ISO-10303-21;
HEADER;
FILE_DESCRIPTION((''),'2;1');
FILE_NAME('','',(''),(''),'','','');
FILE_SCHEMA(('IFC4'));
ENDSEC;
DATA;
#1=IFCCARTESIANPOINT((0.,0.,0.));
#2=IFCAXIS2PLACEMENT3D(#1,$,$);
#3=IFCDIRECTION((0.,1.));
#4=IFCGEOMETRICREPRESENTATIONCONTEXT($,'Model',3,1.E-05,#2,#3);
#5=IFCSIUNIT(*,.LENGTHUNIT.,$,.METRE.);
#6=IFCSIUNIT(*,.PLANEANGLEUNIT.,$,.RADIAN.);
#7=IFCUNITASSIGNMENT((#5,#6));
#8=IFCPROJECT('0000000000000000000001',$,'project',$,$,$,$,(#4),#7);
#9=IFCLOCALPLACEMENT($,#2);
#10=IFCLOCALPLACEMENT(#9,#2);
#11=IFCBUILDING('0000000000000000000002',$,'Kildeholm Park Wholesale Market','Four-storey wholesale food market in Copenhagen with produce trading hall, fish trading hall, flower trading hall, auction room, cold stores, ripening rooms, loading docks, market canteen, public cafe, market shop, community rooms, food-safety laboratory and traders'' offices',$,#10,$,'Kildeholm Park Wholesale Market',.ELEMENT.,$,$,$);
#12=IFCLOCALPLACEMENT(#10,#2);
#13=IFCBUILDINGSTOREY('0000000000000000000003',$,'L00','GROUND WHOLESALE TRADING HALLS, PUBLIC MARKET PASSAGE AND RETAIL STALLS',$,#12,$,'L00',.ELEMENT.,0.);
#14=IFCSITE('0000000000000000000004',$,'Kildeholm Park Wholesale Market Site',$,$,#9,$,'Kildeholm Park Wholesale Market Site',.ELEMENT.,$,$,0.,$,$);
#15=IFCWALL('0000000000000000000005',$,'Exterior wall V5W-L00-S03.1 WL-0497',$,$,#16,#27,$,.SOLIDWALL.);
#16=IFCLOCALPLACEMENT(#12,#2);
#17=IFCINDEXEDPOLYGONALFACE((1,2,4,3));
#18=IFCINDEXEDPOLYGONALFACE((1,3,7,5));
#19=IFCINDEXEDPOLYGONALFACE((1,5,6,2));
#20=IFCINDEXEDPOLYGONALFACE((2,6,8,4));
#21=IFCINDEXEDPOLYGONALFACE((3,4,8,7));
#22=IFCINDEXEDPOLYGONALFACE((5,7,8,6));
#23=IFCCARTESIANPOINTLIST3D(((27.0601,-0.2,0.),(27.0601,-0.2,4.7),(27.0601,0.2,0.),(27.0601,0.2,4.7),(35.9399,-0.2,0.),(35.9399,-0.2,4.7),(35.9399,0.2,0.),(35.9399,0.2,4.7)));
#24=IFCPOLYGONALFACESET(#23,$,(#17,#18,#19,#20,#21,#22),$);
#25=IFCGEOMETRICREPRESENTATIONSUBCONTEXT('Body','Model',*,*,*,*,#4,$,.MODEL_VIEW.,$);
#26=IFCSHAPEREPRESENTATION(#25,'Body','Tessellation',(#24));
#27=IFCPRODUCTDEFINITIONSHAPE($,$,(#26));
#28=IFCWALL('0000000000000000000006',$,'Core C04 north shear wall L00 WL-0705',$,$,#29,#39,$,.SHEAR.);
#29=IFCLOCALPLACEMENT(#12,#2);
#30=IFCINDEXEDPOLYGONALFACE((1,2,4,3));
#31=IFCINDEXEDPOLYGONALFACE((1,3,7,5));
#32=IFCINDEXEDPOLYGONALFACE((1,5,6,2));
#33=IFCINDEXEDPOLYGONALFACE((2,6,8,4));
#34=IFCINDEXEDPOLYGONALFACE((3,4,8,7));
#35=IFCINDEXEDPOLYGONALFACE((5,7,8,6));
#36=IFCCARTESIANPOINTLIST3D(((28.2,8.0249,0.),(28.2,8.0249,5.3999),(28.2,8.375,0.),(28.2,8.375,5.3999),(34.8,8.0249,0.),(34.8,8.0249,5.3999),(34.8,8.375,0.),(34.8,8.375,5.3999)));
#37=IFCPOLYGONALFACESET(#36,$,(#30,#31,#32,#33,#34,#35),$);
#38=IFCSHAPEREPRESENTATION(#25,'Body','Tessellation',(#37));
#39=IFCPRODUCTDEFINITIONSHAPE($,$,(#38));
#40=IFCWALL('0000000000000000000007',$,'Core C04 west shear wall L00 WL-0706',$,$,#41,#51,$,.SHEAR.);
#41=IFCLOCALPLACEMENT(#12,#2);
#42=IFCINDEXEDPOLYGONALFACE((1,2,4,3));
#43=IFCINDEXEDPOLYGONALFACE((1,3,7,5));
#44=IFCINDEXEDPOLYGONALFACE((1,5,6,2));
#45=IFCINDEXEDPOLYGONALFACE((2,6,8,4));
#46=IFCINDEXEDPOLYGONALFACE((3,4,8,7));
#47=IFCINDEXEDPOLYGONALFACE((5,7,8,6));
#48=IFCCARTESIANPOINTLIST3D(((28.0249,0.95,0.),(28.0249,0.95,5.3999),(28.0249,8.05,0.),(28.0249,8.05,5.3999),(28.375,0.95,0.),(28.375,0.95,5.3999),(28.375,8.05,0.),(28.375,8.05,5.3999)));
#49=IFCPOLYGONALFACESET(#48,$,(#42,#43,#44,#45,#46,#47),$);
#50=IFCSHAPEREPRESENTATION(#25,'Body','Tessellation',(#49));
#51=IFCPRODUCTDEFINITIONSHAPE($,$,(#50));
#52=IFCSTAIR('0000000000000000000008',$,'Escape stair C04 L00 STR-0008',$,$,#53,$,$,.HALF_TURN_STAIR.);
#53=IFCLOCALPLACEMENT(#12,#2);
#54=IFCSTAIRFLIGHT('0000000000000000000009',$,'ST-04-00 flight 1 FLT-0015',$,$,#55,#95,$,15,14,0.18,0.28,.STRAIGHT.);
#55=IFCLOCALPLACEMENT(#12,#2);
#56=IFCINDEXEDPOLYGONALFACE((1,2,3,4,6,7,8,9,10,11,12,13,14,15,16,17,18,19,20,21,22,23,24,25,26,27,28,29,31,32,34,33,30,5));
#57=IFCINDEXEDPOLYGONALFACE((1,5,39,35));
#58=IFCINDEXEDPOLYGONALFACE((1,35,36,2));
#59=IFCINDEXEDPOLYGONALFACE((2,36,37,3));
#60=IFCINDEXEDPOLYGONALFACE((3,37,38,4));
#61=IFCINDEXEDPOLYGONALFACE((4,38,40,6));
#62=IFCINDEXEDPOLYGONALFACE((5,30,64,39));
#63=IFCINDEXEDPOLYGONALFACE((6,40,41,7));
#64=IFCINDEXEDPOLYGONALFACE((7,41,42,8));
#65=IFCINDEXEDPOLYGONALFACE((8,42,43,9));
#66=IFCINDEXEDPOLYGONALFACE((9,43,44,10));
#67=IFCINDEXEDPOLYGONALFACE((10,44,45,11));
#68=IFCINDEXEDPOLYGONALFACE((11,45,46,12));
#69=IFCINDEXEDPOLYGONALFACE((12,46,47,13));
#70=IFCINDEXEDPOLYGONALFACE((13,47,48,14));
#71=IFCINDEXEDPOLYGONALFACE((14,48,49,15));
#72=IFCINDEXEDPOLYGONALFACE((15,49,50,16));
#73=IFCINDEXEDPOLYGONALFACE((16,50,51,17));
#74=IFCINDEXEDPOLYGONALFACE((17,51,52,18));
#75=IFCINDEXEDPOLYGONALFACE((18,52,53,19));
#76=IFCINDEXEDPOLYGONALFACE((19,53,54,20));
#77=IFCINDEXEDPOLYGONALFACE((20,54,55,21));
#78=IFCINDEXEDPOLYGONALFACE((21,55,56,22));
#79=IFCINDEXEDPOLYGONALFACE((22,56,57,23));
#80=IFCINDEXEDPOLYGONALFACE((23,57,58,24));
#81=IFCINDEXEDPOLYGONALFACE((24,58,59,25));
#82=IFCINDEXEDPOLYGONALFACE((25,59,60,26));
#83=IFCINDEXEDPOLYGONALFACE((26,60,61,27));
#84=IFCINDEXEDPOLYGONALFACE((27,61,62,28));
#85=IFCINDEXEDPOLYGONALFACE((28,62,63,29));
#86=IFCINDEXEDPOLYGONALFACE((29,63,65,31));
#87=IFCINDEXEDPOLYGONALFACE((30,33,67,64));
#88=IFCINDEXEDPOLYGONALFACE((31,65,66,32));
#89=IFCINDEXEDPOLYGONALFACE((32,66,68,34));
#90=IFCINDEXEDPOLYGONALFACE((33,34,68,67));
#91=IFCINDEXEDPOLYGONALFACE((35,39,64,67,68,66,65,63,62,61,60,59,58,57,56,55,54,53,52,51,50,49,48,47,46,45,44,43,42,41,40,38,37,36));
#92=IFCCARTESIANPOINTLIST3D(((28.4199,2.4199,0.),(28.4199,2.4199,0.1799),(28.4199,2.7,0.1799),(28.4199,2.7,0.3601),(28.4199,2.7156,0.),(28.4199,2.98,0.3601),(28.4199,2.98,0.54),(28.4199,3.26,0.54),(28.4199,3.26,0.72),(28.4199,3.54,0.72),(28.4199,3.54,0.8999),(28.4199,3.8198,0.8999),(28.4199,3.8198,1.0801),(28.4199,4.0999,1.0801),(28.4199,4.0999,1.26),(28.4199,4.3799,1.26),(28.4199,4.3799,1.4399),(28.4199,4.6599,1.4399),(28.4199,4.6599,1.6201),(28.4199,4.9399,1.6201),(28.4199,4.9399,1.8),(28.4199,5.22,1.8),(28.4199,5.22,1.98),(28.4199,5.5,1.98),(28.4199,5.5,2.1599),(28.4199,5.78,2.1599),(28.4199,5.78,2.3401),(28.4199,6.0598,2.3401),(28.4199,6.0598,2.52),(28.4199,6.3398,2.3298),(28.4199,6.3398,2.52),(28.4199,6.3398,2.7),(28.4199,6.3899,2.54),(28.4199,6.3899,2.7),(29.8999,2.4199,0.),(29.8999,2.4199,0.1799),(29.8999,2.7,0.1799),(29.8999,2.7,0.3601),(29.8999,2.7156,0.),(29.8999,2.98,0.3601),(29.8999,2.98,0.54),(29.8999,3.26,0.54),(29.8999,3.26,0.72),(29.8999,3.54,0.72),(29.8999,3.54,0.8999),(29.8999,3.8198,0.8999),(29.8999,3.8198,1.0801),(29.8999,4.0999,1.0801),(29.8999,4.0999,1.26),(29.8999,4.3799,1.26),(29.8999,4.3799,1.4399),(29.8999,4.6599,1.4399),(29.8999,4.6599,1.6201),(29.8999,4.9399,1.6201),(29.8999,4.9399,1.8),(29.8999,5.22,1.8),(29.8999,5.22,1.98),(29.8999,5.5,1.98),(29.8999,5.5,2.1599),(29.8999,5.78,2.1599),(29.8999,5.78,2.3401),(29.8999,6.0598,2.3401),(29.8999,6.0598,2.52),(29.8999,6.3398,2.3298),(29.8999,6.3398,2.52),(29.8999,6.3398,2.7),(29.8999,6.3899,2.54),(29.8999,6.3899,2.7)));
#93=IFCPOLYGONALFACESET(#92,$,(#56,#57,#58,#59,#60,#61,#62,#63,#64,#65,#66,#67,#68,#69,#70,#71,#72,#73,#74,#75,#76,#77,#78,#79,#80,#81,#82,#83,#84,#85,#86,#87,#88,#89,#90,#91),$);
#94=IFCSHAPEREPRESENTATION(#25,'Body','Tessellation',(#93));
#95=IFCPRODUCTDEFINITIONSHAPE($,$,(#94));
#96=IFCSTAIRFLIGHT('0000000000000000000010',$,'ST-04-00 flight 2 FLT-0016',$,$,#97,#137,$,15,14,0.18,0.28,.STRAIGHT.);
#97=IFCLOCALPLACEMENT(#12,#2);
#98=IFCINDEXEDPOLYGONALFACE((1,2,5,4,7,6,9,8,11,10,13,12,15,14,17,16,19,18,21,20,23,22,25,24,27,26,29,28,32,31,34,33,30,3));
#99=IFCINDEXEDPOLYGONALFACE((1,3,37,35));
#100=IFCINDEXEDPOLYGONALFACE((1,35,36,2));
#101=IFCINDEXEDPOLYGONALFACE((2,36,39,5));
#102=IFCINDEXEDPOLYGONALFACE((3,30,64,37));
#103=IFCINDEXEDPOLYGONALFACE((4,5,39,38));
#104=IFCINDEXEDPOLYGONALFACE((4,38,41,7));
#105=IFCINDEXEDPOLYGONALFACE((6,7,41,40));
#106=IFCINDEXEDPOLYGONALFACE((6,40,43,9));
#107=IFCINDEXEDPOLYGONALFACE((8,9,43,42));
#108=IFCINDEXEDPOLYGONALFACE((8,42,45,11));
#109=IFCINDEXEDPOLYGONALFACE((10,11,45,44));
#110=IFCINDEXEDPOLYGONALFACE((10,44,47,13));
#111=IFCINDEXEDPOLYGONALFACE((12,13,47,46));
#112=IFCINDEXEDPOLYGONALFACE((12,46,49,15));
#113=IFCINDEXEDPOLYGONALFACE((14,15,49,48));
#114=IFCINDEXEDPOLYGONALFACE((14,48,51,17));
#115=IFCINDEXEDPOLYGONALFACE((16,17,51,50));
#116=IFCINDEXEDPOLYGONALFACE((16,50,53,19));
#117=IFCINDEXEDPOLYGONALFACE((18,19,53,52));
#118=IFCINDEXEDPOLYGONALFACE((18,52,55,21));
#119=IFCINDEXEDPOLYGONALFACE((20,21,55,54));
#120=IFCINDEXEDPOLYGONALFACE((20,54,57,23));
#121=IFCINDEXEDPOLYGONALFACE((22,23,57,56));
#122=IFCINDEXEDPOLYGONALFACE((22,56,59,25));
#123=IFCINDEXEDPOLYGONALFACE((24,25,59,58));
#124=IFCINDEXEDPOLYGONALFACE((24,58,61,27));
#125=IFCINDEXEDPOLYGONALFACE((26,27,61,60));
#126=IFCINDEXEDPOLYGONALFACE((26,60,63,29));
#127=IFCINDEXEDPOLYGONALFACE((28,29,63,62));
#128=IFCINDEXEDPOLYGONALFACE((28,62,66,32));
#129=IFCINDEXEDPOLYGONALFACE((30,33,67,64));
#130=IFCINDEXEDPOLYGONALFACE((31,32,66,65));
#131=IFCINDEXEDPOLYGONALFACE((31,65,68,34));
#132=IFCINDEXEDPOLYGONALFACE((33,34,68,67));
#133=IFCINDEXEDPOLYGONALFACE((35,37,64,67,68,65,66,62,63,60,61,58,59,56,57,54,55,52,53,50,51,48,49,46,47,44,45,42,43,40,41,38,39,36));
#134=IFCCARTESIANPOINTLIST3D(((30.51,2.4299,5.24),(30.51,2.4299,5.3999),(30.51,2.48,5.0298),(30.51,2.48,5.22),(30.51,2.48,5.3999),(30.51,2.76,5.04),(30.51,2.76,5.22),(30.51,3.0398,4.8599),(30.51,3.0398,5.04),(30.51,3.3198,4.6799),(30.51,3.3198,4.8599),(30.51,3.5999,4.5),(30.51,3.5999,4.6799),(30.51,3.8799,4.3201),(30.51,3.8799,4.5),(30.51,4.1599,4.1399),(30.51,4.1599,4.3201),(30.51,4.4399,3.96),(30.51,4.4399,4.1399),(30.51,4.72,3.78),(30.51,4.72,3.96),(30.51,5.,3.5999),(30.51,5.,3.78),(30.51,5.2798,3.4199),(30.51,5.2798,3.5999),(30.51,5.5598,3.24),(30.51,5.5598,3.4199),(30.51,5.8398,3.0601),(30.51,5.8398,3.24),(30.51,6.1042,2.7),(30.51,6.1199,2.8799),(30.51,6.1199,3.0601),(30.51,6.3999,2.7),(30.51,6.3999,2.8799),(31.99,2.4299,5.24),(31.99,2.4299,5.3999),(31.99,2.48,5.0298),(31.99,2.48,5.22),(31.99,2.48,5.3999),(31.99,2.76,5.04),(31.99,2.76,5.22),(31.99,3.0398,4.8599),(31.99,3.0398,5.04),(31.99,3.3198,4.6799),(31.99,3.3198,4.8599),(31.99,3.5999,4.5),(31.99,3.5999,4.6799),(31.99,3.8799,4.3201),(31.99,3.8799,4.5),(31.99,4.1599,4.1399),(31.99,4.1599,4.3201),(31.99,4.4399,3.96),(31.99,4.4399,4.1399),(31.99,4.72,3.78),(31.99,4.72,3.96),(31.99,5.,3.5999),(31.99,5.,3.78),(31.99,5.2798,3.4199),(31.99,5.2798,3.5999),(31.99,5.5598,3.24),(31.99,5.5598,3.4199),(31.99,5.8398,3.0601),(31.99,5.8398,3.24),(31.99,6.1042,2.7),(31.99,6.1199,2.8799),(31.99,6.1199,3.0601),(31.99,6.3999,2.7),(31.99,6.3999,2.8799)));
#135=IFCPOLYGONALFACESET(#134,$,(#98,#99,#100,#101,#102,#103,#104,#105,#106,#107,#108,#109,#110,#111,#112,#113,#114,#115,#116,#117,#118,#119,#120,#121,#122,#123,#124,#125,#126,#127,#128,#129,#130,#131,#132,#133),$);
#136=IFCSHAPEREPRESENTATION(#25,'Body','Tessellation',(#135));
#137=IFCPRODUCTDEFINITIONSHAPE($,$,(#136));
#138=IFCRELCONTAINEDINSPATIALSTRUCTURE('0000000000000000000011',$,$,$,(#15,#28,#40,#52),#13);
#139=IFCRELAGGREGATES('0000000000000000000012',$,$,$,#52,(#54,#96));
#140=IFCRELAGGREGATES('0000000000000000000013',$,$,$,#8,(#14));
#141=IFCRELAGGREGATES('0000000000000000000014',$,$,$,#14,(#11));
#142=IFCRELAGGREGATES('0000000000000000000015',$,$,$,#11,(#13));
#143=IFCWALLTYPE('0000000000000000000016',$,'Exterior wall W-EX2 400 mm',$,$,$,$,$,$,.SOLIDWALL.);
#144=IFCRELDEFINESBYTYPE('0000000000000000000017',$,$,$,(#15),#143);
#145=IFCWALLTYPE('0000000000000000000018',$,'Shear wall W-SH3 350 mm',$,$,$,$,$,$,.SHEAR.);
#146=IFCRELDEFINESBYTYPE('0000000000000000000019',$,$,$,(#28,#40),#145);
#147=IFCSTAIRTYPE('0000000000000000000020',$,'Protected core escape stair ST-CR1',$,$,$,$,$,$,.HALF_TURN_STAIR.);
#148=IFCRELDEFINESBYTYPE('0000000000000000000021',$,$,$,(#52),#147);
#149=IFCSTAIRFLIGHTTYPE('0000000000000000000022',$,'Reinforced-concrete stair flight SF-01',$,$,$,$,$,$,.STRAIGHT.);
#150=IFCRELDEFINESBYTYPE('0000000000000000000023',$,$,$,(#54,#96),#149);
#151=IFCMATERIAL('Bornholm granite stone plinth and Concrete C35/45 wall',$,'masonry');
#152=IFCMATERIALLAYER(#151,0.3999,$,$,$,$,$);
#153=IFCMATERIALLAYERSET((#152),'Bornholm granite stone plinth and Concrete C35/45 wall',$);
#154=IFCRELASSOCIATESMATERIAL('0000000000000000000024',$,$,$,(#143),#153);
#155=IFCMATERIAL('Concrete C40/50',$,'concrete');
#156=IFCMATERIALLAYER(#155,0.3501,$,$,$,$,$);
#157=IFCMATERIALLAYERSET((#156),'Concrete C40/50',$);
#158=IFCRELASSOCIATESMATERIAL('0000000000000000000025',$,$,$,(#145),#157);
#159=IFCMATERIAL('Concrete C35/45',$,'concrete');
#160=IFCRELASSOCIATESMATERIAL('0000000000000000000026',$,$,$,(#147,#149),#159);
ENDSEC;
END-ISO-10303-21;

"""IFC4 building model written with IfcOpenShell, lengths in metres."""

from ifc_helpers import new_model, si_unit, direction, frame, frame_2d, origin, place, context, subcontext, project, spatial, polyline, rectangle, outline, extrude, material, layer, layer_set, type_object, element, aggregate, save


model = new_model("IFC4")

# Units and contexts
model_context = context("Model", 3, precision=1e-05, world=origin(), true_north=direction((0.0, 1.0)))
body_context = subcontext(model_context, "Body", "Model", "MODEL_VIEW")
ifc_project = project(units=[si_unit("LENGTHUNIT", "METRE"), si_unit("PLANEANGLEUNIT", "RADIAN")], contexts=[model_context])

# Site, building, storey
site_placement = place(None, origin())
site = spatial("IfcSite", under=ifc_project, at=site_placement, Name="Kildeholm Park Wholesale Market Site", LongName="Kildeholm Park Wholesale Market Site", CompositionType="ELEMENT", RefElevation=0.0)
building_placement = place(site_placement, origin())
building = spatial("IfcBuilding", under=site, at=building_placement, Name="Kildeholm Park Wholesale Market", Description="Four-storey wholesale food market in Copenhagen with produce trading hall, fish trading hall, flower trading hall, auction room, cold stores, ripening rooms, loading docks, market canteen, public cafe, market shop, community rooms, food-safety laboratory and traders' offices", LongName="Kildeholm Park Wholesale Market", CompositionType="ELEMENT")
storey_placement = place(building_placement, origin())
storey = spatial("IfcBuildingStorey", under=building, at=storey_placement, Name="L00", Description="GROUND WHOLESALE TRADING HALLS, PUBLIC MARKET PASSAGE AND RETAIL STALLS", LongName="L00", CompositionType="ELEMENT", Elevation=0.0)

# Shared definitions
ifc_material_1 = material(Name="Concrete C35/45", Category="concrete")

# Wall
ifc_material_2 = material(Name="Bornholm granite stone plinth and Concrete C35/45 wall", Category="masonry")
ifc_layer_1 = layer(ifc_material_2, 0.3999)
ifc_layer_set_1 = layer_set([ifc_layer_1], Name="Bornholm granite stone plinth and Concrete C35/45 wall")
wall_type_1 = type_object("IfcWallType", Name="Exterior wall W-EX2 400 mm", PredefinedType="SOLIDWALL", material=ifc_layer_set_1)
wall_1_placement = place(storey_placement, frame((27.0601, 0.0, 0.0), z_axis=(0.0, 0.0, 1.0), x_axis=(1.0, 0.0, 0.0)))
element("IfcWall", 1, at=wall_1_placement, inside=storey, type_object=wall_type_1, Name="Exterior wall V5W-L00-S03.1 WL-0497", PredefinedType="SOLIDWALL", context=body_context, shape_type="SweptSolid", body=[
    extrude(rectangle(XDim=8.8799, YDim=0.3999, at=frame_2d((4.4399, 0.0))), origin(), (0.0, 0.0, 1.0), 4.7),
])

# Shared definitions
ifc_material_3 = material(Name="Concrete C40/50", Category="concrete")
ifc_layer_2 = layer(ifc_material_3, 0.3501)
ifc_layer_set_2 = layer_set([ifc_layer_2], Name="Concrete C40/50")
wall_type_2 = type_object("IfcWallType", Name="Shear wall W-SH3 350 mm", PredefinedType="SHEAR", material=ifc_layer_set_2)

# Walls
wall_2_placement = place(storey_placement, frame((28.2, 8.2, 0.0), z_axis=(0.0, 0.0, 1.0), x_axis=(1.0, 0.0, 0.0)))
element("IfcWall", 2, at=wall_2_placement, inside=storey, type_object=wall_type_2, Name="Core C04 north shear wall L00 WL-0705", PredefinedType="SHEAR", context=body_context, shape_type="SweptSolid", body=[
    extrude(rectangle(XDim=6.6001, YDim=0.3501, at=frame_2d((3.3, 0.0))), origin(), (0.0, 0.0, 1.0), 5.3999),
])
wall_3_placement = place(storey_placement, frame((28.2, 0.95, 0.0), z_axis=(0.0, 0.0, 1.0), x_axis=(0.0, 1.0, 0.0)))
element("IfcWall", 3, at=wall_3_placement, inside=storey, type_object=wall_type_2, Name="Core C04 west shear wall L00 WL-0706", PredefinedType="SHEAR", context=body_context, shape_type="SweptSolid", body=[
    extrude(rectangle(XDim=7.1001, YDim=0.3501, at=frame_2d((3.55, 0.0))), origin(), (0.0, 0.0, 1.0), 5.3999),
])

# Stair, stair flights
stair_type = type_object("IfcStairType", Name="Protected core escape stair ST-CR1", PredefinedType="HALF_TURN_STAIR", material=ifc_material_1)
stair_placement = place(storey_placement, origin())
stair = element("IfcStair", 4, at=stair_placement, inside=storey, type_object=stair_type, Name="Escape stair C04 L00 STR-0008", PredefinedType="HALF_TURN_STAIR")
stair_flight_type = type_object("IfcStairFlightType", Name="Reinforced-concrete stair flight SF-01", PredefinedType="STRAIGHT", material=ifc_material_1)
stair_flight_1_placement = place(storey_placement, frame((29.1599, 2.4199, 0.0), z_axis=(0.0, 0.0, 1.0), x_axis=(0.0, 1.0, 0.0)))
stair_flight_1 = element("IfcStairFlight", 5, at=stair_flight_1_placement, type_object=stair_flight_type, Name="ST-04-00 flight 1 FLT-0015", NumberOfRisers=15, NumberOfTreads=14, PredefinedType="STRAIGHT", RiserHeight=0.18, TreadLength=0.28, context=body_context, shape_type="SweptSolid", body=[
    extrude(outline(polyline([(0.0, 0.0), (0.0, 0.1799), (0.28, 0.1799), (0.28, 0.3601), (0.5601, 0.3601), (0.5601, 0.54), (0.8401, 0.54), (0.8401, 0.72), (1.1201, 0.72), (1.1201, 0.8999), (1.3999, 0.8999), (1.3999, 1.0801), (1.6799, 1.0801), (1.6799, 1.26), (1.96, 1.26), (1.96, 1.4399), (2.24, 1.4399), (2.24, 1.6201), (2.52, 1.6201), (2.52, 1.8), (2.8, 1.8), (2.8, 1.98), (3.0801, 1.98), (3.0801, 2.1599), (3.3601, 2.1599), (3.3601, 2.3401), (3.6399, 2.3401), (3.6399, 2.52), (3.9199, 2.52), (3.9199, 2.7), (3.97, 2.7), (3.97, 2.54), (3.9199, 2.3298), (0.2957, 0.0), (0.0, 0.0)])), frame((0.0, 0.74, 0.0), z_axis=(0.0, -1.0, 0.0), x_axis=(1.0, 0.0, 0.0)), (0.0, 0.0, 1.0), 1.48),
])
stair_flight_2_placement = place(storey_placement, frame((31.25, 6.3999, 2.7), z_axis=(0.0, 0.0, 1.0), x_axis=(0.0, -1.0, 0.0)))
stair_flight_2 = element("IfcStairFlight", 6, at=stair_flight_2_placement, type_object=stair_flight_type, Name="ST-04-00 flight 2 FLT-0016", NumberOfRisers=15, NumberOfTreads=14, PredefinedType="STRAIGHT", RiserHeight=0.18, TreadLength=0.28, context=body_context, shape_type="SweptSolid", body=[
    extrude(outline(polyline([(0.0, 0.0), (0.0, 0.1799), (0.28, 0.1799), (0.28, 0.3601), (0.5601, 0.3601), (0.5601, 0.54), (0.8401, 0.54), (0.8401, 0.72), (1.1201, 0.72), (1.1201, 0.8999), (1.3999, 0.8999), (1.3999, 1.0801), (1.6799, 1.0801), (1.6799, 1.26), (1.96, 1.26), (1.96, 1.4399), (2.24, 1.4399), (2.24, 1.6201), (2.52, 1.6201), (2.52, 1.8), (2.8, 1.8), (2.8, 1.98), (3.0801, 1.98), (3.0801, 2.1599), (3.3601, 2.1599), (3.3601, 2.3401), (3.6399, 2.3401), (3.6399, 2.52), (3.9199, 2.52), (3.9199, 2.7), (3.97, 2.7), (3.97, 2.54), (3.9199, 2.3298), (0.2957, 0.0), (0.0, 0.0)])), frame((0.0, 0.74, 0.0), z_axis=(0.0, -1.0, 0.0), x_axis=(1.0, 0.0, 0.0)), (0.0, 0.0, 1.0), 1.48),
])
aggregate(stair, [stair_flight_1, stair_flight_2])

save(model, "model.ifc")
